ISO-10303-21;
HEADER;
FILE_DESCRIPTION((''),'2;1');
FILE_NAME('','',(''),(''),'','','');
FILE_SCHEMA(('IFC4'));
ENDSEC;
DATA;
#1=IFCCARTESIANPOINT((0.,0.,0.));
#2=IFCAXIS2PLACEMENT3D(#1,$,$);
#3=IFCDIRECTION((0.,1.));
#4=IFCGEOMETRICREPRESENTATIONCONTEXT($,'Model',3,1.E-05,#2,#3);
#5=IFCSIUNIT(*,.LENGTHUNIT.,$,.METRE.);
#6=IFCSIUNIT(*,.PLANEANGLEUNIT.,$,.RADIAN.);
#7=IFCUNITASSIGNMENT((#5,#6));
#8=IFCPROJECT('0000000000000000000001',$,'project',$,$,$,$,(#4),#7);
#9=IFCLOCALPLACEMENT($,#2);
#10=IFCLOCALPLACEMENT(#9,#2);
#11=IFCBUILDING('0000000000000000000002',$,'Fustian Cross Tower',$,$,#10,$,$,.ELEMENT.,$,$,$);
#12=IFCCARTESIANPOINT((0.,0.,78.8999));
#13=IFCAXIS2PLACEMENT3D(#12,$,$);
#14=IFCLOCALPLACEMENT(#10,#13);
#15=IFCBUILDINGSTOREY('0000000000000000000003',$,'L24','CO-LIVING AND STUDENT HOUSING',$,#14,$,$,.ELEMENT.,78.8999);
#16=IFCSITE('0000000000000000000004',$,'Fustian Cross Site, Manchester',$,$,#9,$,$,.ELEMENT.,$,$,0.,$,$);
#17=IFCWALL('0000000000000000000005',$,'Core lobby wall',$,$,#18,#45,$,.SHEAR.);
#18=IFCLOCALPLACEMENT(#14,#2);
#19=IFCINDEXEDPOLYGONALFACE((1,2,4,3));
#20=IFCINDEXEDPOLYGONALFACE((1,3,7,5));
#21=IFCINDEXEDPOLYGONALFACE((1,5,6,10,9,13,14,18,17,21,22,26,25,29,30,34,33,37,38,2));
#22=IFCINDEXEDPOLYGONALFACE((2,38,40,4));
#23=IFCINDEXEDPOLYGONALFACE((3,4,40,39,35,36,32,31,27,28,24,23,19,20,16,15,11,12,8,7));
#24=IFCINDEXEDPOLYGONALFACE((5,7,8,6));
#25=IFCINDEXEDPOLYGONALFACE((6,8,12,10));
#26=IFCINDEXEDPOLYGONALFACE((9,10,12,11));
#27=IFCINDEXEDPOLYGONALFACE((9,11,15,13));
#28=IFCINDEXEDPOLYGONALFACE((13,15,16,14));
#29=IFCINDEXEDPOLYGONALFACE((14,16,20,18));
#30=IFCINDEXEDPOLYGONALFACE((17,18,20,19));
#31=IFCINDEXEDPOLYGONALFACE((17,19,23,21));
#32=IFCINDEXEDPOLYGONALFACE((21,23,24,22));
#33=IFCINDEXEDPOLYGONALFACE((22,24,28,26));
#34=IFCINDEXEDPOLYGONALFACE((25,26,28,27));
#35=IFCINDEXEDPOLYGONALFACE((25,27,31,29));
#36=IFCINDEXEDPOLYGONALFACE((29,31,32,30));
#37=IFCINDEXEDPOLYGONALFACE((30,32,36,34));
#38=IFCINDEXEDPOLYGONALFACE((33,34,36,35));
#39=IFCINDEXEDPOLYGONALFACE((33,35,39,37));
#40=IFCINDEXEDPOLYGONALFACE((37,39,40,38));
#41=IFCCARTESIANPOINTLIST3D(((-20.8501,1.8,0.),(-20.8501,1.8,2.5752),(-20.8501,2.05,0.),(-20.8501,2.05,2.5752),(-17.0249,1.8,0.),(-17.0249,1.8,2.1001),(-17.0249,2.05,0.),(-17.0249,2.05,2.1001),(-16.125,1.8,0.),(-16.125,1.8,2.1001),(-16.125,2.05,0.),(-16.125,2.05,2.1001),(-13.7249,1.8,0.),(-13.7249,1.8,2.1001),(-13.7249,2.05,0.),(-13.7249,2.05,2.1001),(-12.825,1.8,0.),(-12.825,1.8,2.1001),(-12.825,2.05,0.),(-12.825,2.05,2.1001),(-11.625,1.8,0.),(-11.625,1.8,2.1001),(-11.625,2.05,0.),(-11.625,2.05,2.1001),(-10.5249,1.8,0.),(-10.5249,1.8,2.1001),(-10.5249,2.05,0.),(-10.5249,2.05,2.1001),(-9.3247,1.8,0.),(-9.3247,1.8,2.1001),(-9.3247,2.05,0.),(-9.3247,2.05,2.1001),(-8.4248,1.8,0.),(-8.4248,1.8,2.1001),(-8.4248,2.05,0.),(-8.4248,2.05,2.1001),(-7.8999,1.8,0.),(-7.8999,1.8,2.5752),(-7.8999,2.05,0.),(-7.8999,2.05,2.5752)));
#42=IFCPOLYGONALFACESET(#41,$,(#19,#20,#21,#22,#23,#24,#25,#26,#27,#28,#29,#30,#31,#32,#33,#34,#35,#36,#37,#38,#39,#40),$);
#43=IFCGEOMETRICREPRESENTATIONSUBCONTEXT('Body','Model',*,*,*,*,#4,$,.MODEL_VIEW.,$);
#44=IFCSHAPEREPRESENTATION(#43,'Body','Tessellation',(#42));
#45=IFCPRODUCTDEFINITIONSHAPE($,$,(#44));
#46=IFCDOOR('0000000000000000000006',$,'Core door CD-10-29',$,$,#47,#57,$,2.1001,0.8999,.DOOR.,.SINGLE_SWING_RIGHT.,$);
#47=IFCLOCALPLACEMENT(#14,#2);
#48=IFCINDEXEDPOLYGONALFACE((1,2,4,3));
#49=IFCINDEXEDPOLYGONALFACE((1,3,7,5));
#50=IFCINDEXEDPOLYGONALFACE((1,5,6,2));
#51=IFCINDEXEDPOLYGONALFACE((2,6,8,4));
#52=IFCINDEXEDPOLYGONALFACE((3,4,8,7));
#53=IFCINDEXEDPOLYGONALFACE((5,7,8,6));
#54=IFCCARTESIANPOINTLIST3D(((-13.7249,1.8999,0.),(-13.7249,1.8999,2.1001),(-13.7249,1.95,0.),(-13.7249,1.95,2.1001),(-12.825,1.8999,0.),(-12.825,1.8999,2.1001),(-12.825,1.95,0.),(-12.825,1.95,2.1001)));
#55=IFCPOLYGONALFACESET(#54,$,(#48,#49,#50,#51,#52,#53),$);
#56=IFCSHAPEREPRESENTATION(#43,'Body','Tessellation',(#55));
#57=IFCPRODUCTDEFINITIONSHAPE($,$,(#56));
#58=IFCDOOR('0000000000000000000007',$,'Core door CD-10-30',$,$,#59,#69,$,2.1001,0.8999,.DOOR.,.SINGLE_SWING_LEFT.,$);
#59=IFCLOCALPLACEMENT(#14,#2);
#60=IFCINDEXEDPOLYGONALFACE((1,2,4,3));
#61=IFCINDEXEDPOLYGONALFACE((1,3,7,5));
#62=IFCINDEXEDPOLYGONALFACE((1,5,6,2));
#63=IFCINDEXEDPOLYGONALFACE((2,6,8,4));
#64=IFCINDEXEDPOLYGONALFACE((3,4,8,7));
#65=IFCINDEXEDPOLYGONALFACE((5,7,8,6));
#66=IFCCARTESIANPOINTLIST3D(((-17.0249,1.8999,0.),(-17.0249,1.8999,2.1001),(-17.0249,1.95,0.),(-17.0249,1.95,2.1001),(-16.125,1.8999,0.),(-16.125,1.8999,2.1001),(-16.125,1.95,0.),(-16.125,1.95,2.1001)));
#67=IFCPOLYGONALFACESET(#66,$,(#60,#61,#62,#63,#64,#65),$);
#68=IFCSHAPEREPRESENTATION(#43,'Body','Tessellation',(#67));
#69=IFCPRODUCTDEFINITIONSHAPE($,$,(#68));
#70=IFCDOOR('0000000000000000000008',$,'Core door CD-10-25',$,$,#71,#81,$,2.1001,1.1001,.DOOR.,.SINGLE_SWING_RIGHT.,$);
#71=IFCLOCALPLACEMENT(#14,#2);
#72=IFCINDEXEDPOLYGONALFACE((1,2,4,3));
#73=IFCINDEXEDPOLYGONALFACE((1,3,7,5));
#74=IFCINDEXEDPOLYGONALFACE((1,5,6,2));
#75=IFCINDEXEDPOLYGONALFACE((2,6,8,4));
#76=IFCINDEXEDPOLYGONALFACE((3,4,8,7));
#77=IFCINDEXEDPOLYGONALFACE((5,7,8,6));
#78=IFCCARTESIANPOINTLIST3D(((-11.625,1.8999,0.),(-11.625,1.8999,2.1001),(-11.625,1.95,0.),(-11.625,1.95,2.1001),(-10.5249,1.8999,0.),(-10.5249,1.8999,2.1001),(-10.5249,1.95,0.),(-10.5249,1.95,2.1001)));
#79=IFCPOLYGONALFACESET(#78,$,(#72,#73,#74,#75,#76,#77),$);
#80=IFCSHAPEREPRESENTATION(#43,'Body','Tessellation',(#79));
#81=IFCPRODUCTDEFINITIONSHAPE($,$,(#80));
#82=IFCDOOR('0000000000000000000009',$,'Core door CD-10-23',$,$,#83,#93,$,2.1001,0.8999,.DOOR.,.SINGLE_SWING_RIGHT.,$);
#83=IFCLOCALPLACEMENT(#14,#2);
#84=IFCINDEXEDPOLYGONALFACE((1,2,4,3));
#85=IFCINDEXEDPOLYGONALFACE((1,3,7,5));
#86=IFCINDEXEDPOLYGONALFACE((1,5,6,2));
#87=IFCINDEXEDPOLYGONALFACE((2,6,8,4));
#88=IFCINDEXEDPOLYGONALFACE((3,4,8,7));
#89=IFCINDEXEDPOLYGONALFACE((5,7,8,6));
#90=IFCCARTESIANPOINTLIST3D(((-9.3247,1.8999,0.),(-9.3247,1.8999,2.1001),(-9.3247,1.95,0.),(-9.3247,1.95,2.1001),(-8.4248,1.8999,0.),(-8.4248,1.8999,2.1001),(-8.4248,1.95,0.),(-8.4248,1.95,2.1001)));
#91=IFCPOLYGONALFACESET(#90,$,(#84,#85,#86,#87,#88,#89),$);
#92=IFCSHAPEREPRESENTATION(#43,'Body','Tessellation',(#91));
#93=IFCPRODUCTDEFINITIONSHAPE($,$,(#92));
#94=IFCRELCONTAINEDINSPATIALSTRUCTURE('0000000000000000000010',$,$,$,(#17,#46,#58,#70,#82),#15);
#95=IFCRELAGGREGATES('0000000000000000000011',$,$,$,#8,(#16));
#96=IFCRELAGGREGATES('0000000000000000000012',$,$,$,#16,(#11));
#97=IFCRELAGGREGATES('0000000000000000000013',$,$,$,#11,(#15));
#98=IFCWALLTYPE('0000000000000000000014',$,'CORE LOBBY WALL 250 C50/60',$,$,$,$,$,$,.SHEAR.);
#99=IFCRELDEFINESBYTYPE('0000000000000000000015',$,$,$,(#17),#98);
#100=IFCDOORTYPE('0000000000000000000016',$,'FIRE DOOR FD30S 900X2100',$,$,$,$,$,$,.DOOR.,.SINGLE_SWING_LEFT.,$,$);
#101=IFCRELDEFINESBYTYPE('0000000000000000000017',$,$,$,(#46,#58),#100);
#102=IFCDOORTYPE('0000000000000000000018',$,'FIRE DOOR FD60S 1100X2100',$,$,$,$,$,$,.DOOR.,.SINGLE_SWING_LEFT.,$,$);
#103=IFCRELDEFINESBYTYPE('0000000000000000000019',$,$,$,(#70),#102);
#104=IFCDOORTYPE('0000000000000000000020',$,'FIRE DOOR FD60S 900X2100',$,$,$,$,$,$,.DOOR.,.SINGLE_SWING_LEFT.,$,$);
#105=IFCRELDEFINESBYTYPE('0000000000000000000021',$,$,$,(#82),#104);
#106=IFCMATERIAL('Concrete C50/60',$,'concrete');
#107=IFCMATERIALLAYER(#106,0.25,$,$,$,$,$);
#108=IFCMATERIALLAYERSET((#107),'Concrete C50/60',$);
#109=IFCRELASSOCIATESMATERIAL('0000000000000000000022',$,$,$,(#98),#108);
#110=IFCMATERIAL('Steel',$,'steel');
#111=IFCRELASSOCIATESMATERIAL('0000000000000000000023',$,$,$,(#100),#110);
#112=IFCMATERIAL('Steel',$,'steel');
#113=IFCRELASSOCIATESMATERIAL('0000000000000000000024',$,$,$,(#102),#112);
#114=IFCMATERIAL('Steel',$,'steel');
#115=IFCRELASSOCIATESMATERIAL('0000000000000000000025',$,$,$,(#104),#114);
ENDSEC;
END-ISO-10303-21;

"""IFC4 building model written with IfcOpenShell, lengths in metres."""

from ifc_helpers import new_model, si_unit, direction, frame, frame_2d, origin, place, context, subcontext, project, spatial, rectangle, extrude, material, layer, layer_set, type_object, element, fill, save


model = new_model("IFC4")

# Units and contexts
model_context = context("Model", 3, precision=1e-05, world=origin(), true_north=direction((0.0, 1.0)))
body_context = subcontext(model_context, "Body", "Model", "MODEL_VIEW")
ifc_project = project(units=[si_unit("LENGTHUNIT", "METRE"), si_unit("PLANEANGLEUNIT", "RADIAN")], contexts=[model_context])

# Site, building, storey
site_placement = place(None, origin())
site = spatial("IfcSite", under=ifc_project, at=site_placement, Name="Fustian Cross Site, Manchester", CompositionType="ELEMENT", RefElevation=0.0)
building_placement = place(site_placement, origin())
building = spatial("IfcBuilding", under=site, at=building_placement, Name="Fustian Cross Tower", CompositionType="ELEMENT")
storey_placement = place(building_placement, frame((0.0, 0.0, 78.8999)))
storey = spatial("IfcBuildingStorey", under=building, at=storey_placement, Name="L24", Description="CO-LIVING AND STUDENT HOUSING", CompositionType="ELEMENT", Elevation=78.8999)

# Wall, openings, doors
ifc_material_1 = material(Name="Concrete C50/60", Category="concrete")
ifc_layer_1 = layer(ifc_material_1, 0.25)
ifc_layer_set_1 = layer_set([ifc_layer_1], Name="Concrete C50/60")
wall_type_1 = type_object("IfcWallType", Name="CORE LOBBY WALL 250 C50/60", PredefinedType="SHEAR", material=ifc_layer_set_1)
wall_1_placement = place(storey_placement, frame((-7.8999, 1.925, 0.0), z_axis=(0.0, 0.0, 1.0), x_axis=(-1.0, 0.0, 0.0)))
wall_1 = element("IfcWall", 1, at=wall_1_placement, inside=storey, type_object=wall_type_1, Name="Core lobby wall", PredefinedType="SHEAR", context=body_context, shape_type="SweptSolid", body=[
    extrude(rectangle(XDim=12.9502, YDim=0.25, at=frame_2d((6.4751, 0.0))), origin(), (0.0, 0.0, 1.0), 2.5752),
])
opening_1_placement = place(wall_1_placement, frame((0.5249, 0.0, 0.0)))
opening_1 = element("IfcOpeningElement", 2, at=opening_1_placement, cuts=wall_1, PredefinedType="OPENING", context=body_context, shape_type="SweptSolid", body=[
    extrude(rectangle(XDim=0.8999, YDim=2.1001, at=frame_2d((0.45, 1.05))), frame((0.0, 0.135, 0.0), z_axis=(0.0, -1.0, 0.0), x_axis=(1.0, 0.0, 0.0)), (0.0, 0.0, 1.0), 0.27),
])
opening_2_placement = place(wall_1_placement, frame((2.625, 0.0, 0.0)))
opening_2 = element("IfcOpeningElement", 3, at=opening_2_placement, cuts=wall_1, PredefinedType="OPENING", context=body_context, shape_type="SweptSolid", body=[
    extrude(rectangle(XDim=1.1001, YDim=2.1001, at=frame_2d((0.55, 1.05))), frame((0.0, 0.135, 0.0), z_axis=(0.0, -1.0, 0.0), x_axis=(1.0, 0.0, 0.0)), (0.0, 0.0, 1.0), 0.27),
])
opening_3_placement = place(wall_1_placement, frame((4.925, 0.0, 0.0)))
opening_3 = element("IfcOpeningElement", 4, at=opening_3_placement, cuts=wall_1, PredefinedType="OPENING", context=body_context, shape_type="SweptSolid", body=[
    extrude(rectangle(XDim=0.8999, YDim=2.1001, at=frame_2d((0.45, 1.05))), frame((0.0, 0.135, 0.0), z_axis=(0.0, -1.0, 0.0), x_axis=(1.0, 0.0, 0.0)), (0.0, 0.0, 1.0), 0.27),
])
opening_4_placement = place(wall_1_placement, frame((8.2251, 0.0, 0.0)))
opening_4 = element("IfcOpeningElement", 5, at=opening_4_placement, cuts=wall_1, PredefinedType="OPENING", context=body_context, shape_type="SweptSolid", body=[
    extrude(rectangle(XDim=0.8999, YDim=2.1001, at=frame_2d((0.45, 1.05))), frame((0.0, 0.135, 0.0), z_axis=(0.0, -1.0, 0.0), x_axis=(1.0, 0.0, 0.0)), (0.0, 0.0, 1.0), 0.27),
])
ifc_material_2 = material(Name="Steel", Category="steel")
door_type_1 = type_object("IfcDoorType", Name="FIRE DOOR FD30S 900X2100", OperationType="SINGLE_SWING_LEFT", PredefinedType="DOOR", material=ifc_material_2)
door_1_placement = place(opening_3_placement, frame((0.8999, 0.0, 0.0), z_axis=(0.0, 0.0, 1.0), x_axis=(-1.0, 0.0, 0.0)))
door_1 = element("IfcDoor", 6, at=door_1_placement, inside=storey, type_object=door_type_1, Name="Core door CD-10-29", OperationType="SINGLE_SWING_RIGHT", OverallHeight=2.1001, OverallWidth=0.8999, PredefinedType="DOOR", context=body_context, shape_type="SweptSolid", body=[
    extrude(rectangle(XDim=0.8999, YDim=2.1001, at=frame_2d((0.45, 1.05))), frame((0.0, 0.0249, 0.0), z_axis=(0.0, -1.0, 0.0), x_axis=(1.0, 0.0, 0.0)), (0.0, 0.0, 1.0), 0.05),
])
fill(opening_3, door_1)
door_2_placement = place(opening_4_placement, frame((0.8999, 0.0, 0.0), z_axis=(0.0, 0.0, 1.0), x_axis=(-1.0, 0.0, 0.0)))
door_2 = element("IfcDoor", 7, at=door_2_placement, inside=storey, type_object=door_type_1, Name="Core door CD-10-30", OperationType="SINGLE_SWING_LEFT", OverallHeight=2.1001, OverallWidth=0.8999, PredefinedType="DOOR", context=body_context, shape_type="SweptSolid", body=[
    extrude(rectangle(XDim=0.8999, YDim=2.1001, at=frame_2d((0.45, 1.05))), frame((0.0, 0.0249, 0.0), z_axis=(0.0, -1.0, 0.0), x_axis=(1.0, 0.0, 0.0)), (0.0, 0.0, 1.0), 0.05),
])
fill(opening_4, door_2)
ifc_material_3 = material(Name="Steel", Category="steel")
door_type_2 = type_object("IfcDoorType", Name="FIRE DOOR FD60S 1100X2100", OperationType="SINGLE_SWING_LEFT", PredefinedType="DOOR", material=ifc_material_3)
door_3_placement = place(opening_2_placement, frame((1.1001, 0.0, 0.0), z_axis=(0.0, 0.0, 1.0), x_axis=(-1.0, 0.0, 0.0)))
door_3 = element("IfcDoor", 8, at=door_3_placement, inside=storey, type_object=door_type_2, Name="Core door CD-10-25", OperationType="SINGLE_SWING_RIGHT", OverallHeight=2.1001, OverallWidth=1.1001, PredefinedType="DOOR", context=body_context, shape_type="SweptSolid", body=[
    extrude(rectangle(XDim=1.1001, YDim=2.1001, at=frame_2d((0.55, 1.05))), frame((0.0, 0.0249, 0.0), z_axis=(0.0, -1.0, 0.0), x_axis=(1.0, 0.0, 0.0)), (0.0, 0.0, 1.0), 0.05),
])
fill(opening_2, door_3)
ifc_material_4 = material(Name="Steel", Category="steel")
door_type_3 = type_object("IfcDoorType", Name="FIRE DOOR FD60S 900X2100", OperationType="SINGLE_SWING_LEFT", PredefinedType="DOOR", material=ifc_material_4)
door_4_placement = place(opening_1_placement, frame((0.8999, 0.0, 0.0), z_axis=(0.0, 0.0, 1.0), x_axis=(-1.0, 0.0, 0.0)))
door_4 = element("IfcDoor", 9, at=door_4_placement, inside=storey, type_object=door_type_3, Name="Core door CD-10-23", OperationType="SINGLE_SWING_RIGHT", OverallHeight=2.1001, OverallWidth=0.8999, PredefinedType="DOOR", context=body_context, shape_type="SweptSolid", body=[
    extrude(rectangle(XDim=0.8999, YDim=2.1001, at=frame_2d((0.45, 1.05))), frame((0.0, 0.0249, 0.0), z_axis=(0.0, -1.0, 0.0), x_axis=(1.0, 0.0, 0.0)), (0.0, 0.0, 1.0), 0.05),
])
fill(opening_1, door_4)

save(model, "model.ifc")
